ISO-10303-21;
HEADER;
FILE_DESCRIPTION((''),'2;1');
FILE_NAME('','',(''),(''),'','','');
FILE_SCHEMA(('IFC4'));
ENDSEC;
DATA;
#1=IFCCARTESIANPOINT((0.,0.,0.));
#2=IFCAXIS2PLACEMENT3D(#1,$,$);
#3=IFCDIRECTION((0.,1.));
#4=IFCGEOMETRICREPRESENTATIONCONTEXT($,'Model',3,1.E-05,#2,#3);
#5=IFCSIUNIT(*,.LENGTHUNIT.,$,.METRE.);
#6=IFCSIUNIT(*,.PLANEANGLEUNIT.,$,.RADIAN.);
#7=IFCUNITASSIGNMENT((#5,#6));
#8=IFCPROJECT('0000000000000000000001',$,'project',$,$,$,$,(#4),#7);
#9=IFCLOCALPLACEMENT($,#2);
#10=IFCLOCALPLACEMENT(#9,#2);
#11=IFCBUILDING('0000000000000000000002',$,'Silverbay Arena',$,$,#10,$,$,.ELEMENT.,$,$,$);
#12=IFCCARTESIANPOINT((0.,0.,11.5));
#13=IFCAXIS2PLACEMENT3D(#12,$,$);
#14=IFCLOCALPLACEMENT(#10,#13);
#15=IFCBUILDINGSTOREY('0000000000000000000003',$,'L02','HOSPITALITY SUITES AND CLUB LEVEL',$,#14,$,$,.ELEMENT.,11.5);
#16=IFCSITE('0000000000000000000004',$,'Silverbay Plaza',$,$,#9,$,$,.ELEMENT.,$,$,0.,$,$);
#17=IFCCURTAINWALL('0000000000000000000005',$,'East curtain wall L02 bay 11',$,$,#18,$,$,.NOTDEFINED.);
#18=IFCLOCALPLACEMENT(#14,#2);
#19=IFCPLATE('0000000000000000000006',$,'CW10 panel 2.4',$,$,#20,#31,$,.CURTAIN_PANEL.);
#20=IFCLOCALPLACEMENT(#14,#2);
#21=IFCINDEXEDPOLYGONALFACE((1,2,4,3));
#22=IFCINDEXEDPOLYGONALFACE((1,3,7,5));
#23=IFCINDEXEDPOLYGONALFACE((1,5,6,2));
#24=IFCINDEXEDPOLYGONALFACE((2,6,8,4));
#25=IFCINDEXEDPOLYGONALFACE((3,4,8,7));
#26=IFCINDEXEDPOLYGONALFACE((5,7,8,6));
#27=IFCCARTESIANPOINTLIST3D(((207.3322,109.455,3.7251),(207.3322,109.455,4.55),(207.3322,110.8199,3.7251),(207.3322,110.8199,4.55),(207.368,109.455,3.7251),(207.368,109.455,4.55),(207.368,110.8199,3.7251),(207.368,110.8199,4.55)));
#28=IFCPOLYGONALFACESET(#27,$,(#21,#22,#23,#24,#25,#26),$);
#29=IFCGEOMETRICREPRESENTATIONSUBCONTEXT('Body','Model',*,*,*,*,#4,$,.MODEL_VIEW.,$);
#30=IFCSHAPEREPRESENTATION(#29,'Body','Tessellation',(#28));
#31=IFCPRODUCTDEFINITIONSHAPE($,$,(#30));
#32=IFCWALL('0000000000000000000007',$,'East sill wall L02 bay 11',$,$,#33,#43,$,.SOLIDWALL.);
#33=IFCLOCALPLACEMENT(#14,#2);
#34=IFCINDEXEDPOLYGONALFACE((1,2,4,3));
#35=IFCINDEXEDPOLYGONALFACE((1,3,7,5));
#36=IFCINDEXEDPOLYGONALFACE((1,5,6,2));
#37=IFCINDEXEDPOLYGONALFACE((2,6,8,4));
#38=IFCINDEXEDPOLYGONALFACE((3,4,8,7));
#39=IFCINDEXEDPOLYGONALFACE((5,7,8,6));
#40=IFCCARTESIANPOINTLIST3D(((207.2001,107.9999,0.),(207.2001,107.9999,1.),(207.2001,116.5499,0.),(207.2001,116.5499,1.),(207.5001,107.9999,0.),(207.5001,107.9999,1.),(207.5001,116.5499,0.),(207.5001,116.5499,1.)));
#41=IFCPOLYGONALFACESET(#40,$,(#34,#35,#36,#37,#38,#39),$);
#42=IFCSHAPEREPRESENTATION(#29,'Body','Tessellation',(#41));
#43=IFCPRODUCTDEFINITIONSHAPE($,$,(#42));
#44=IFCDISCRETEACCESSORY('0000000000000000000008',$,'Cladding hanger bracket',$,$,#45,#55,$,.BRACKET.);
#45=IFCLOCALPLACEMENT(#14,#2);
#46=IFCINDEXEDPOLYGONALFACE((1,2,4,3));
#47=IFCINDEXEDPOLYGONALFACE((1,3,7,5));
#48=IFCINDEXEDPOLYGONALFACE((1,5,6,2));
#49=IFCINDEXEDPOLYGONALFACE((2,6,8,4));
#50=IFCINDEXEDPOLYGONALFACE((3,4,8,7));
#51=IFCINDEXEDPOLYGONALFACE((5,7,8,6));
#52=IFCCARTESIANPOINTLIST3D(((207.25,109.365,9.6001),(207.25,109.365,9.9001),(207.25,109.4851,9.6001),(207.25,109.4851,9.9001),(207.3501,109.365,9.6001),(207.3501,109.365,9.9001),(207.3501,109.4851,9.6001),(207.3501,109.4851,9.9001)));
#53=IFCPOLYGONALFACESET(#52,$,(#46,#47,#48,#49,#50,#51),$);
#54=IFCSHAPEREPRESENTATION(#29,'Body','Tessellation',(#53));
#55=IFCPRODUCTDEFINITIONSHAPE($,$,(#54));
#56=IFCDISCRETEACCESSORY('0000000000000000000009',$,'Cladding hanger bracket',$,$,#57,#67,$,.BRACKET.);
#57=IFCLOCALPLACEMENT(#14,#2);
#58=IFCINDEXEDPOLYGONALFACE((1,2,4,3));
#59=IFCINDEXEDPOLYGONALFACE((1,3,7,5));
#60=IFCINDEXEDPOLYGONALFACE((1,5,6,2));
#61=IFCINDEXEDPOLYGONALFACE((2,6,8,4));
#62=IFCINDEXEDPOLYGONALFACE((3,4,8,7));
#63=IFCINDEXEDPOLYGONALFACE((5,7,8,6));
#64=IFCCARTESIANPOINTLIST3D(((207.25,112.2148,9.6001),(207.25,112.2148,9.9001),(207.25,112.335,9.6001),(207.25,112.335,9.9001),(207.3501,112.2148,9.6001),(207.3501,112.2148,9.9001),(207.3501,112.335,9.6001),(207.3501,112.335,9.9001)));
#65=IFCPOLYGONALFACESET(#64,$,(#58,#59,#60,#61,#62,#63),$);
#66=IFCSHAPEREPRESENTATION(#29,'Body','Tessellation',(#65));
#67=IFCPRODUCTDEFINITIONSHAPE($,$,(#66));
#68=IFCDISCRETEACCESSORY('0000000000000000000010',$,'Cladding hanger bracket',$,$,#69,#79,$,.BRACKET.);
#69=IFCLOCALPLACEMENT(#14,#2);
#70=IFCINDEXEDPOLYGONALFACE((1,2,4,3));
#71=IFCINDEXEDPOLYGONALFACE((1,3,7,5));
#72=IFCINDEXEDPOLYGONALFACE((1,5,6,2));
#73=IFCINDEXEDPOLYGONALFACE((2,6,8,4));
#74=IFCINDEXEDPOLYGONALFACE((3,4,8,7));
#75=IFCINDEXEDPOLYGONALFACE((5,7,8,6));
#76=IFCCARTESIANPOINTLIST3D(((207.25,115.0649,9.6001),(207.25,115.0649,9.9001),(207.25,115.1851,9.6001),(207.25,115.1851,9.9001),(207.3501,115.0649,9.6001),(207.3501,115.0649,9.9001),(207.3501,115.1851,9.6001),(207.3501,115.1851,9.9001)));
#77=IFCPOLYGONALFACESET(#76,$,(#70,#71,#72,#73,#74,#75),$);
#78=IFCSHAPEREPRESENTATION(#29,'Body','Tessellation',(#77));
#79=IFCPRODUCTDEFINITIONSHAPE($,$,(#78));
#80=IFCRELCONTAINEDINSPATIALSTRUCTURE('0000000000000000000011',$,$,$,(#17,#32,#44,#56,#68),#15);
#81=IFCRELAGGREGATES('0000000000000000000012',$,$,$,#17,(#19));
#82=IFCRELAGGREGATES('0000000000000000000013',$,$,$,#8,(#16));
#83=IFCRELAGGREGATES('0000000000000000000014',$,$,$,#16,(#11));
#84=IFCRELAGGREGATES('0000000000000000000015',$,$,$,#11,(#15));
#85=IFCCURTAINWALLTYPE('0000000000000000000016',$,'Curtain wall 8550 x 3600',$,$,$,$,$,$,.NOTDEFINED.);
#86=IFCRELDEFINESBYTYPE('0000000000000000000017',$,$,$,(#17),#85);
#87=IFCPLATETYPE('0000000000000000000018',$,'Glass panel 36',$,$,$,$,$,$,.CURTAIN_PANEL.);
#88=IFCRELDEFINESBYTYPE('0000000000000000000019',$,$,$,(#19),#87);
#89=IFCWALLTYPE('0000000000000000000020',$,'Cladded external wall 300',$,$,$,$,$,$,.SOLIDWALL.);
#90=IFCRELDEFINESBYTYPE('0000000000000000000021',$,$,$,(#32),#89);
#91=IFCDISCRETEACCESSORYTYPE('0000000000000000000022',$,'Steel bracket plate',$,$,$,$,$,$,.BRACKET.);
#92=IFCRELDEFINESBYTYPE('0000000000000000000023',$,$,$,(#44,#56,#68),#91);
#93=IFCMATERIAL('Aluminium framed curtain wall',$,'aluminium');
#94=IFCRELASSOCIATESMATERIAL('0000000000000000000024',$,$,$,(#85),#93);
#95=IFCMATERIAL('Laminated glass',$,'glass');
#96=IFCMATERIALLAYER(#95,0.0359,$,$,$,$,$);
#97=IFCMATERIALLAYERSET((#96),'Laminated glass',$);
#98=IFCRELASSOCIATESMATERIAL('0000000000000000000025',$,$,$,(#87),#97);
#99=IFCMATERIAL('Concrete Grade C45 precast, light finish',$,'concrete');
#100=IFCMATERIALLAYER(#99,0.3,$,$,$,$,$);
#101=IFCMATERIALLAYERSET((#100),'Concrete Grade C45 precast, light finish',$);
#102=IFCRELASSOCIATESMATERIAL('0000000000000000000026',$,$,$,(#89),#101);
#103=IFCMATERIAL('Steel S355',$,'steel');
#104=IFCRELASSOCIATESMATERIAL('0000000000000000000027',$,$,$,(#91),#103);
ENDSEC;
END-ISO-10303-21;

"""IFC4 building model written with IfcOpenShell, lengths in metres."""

from ifc_helpers import new_model, si_unit, direction, frame, frame_2d, origin, origin_2d, place, context, subcontext, project, spatial, rectangle, extrude, material, layer, layer_set, type_object, element, aggregate, save


model = new_model("IFC4")

# Units and contexts
model_context = context("Model", 3, precision=1e-05, world=origin(), true_north=direction((0.0, 1.0)))
body_context = subcontext(model_context, "Body", "Model", "MODEL_VIEW")
ifc_project = project(units=[si_unit("LENGTHUNIT", "METRE"), si_unit("PLANEANGLEUNIT", "RADIAN")], contexts=[model_context])

# Site, building, storey
site_placement = place(None, origin())
site = spatial("IfcSite", under=ifc_project, at=site_placement, Name="Silverbay Plaza", CompositionType="ELEMENT", RefElevation=0.0)
building_placement = place(site_placement, origin())
building = spatial("IfcBuilding", under=site, at=building_placement, Name="Silverbay Arena", CompositionType="ELEMENT")
storey_placement = place(building_placement, frame((0.0, 0.0, 11.5)))
storey = spatial("IfcBuildingStorey", under=building, at=storey_placement, Name="L02", Description="HOSPITALITY SUITES AND CLUB LEVEL", CompositionType="ELEMENT", Elevation=11.5)

# Curtain wall
ifc_material_1 = material(Name="Aluminium framed curtain wall", Category="aluminium")
curtain_wall_type = type_object("IfcCurtainWallType", Name="Curtain wall 8550 x 3600", PredefinedType="NOTDEFINED", material=ifc_material_1)
curtain_wall_placement = place(storey_placement, origin())
curtain_wall = element("IfcCurtainWall", 1, at=curtain_wall_placement, inside=storey, type_object=curtain_wall_type, Name="East curtain wall L02 bay 11", PredefinedType="NOTDEFINED")

# Plate
ifc_material_2 = material(Name="Laminated glass", Category="glass")
ifc_layer_1 = layer(ifc_material_2, 0.0359)
ifc_layer_set_1 = layer_set([ifc_layer_1], Name="Laminated glass")
plate_type = type_object("IfcPlateType", Name="Glass panel 36", PredefinedType="CURTAIN_PANEL", material=ifc_layer_set_1)
plate_1_placement = place(storey_placement, frame((207.3501, 110.1375, 3.7251), z_axis=(0.0, 0.0, 1.0), x_axis=(0.0, 1.0, 0.0)))
plate_1 = element("IfcPlate", 2, at=plate_1_placement, type_object=plate_type, Name="CW10 panel 2.4", PredefinedType="CURTAIN_PANEL", context=body_context, shape_type="SweptSolid", body=[
    extrude(rectangle(XDim=1.365, YDim=0.0359, at=origin_2d()), origin(), (0.0, 0.0, 1.0), 0.825),
])
aggregate(curtain_wall, [plate_1])

# Wall
ifc_material_3 = material(Name="Concrete Grade C45 precast, light finish", Category="concrete")
ifc_layer_2 = layer(ifc_material_3, 0.3)
ifc_layer_set_2 = layer_set([ifc_layer_2], Name="Concrete Grade C45 precast, light finish")
wall_type = type_object("IfcWallType", Name="Cladded external wall 300", PredefinedType="SOLIDWALL", material=ifc_layer_set_2)
wall_placement = place(storey_placement, frame((207.3501, 108.0, 0.0), z_axis=(0.0, 0.0, 1.0), x_axis=(0.0, 1.0, 0.0)))
element("IfcWall", 3, at=wall_placement, inside=storey, type_object=wall_type, Name="East sill wall L02 bay 11", PredefinedType="SOLIDWALL", context=body_context, shape_type="SweptSolid", body=[
    extrude(rectangle(XDim=8.55, YDim=0.3, at=frame_2d((4.2749, 0.0))), origin(), (0.0, 0.0, 1.0), 1.0),
])

# Discrete accessories
ifc_material_4 = material(Name="Steel S355", Category="steel")
discrete_accessory_type = type_object("IfcDiscreteAccessoryType", Name="Steel bracket plate", PredefinedType="BRACKET", material=ifc_material_4)
for number, where, z_axis, x_axis, name in (
    (4, (207.3, 109.425, 9.6001), (0.0, 0.0, 1.0), (1.0, 0.0, 0.0), "Cladding hanger bracket"),
    (5, (207.3, 112.2749, 9.6001), (0.0, 0.0, 1.0), (1.0, 0.0, 0.0), "Cladding hanger bracket"),
    (6, (207.3, 115.125, 9.6001), (0.0, 0.0, 1.0), (1.0, 0.0, 0.0), "Cladding hanger bracket"),
):
    element("IfcDiscreteAccessory", number, at=place(storey_placement, frame(where, z_axis=z_axis, x_axis=x_axis)), inside=storey, type_object=discrete_accessory_type, Name=name, PredefinedType="BRACKET", context=body_context, shape_type="SweptSolid", body=[
        extrude(rectangle(XDim=0.1001, YDim=0.1201, at=origin_2d()), origin(), (0.0, 0.0, 1.0), 0.3),
    ])

save(model, "model.ifc")
